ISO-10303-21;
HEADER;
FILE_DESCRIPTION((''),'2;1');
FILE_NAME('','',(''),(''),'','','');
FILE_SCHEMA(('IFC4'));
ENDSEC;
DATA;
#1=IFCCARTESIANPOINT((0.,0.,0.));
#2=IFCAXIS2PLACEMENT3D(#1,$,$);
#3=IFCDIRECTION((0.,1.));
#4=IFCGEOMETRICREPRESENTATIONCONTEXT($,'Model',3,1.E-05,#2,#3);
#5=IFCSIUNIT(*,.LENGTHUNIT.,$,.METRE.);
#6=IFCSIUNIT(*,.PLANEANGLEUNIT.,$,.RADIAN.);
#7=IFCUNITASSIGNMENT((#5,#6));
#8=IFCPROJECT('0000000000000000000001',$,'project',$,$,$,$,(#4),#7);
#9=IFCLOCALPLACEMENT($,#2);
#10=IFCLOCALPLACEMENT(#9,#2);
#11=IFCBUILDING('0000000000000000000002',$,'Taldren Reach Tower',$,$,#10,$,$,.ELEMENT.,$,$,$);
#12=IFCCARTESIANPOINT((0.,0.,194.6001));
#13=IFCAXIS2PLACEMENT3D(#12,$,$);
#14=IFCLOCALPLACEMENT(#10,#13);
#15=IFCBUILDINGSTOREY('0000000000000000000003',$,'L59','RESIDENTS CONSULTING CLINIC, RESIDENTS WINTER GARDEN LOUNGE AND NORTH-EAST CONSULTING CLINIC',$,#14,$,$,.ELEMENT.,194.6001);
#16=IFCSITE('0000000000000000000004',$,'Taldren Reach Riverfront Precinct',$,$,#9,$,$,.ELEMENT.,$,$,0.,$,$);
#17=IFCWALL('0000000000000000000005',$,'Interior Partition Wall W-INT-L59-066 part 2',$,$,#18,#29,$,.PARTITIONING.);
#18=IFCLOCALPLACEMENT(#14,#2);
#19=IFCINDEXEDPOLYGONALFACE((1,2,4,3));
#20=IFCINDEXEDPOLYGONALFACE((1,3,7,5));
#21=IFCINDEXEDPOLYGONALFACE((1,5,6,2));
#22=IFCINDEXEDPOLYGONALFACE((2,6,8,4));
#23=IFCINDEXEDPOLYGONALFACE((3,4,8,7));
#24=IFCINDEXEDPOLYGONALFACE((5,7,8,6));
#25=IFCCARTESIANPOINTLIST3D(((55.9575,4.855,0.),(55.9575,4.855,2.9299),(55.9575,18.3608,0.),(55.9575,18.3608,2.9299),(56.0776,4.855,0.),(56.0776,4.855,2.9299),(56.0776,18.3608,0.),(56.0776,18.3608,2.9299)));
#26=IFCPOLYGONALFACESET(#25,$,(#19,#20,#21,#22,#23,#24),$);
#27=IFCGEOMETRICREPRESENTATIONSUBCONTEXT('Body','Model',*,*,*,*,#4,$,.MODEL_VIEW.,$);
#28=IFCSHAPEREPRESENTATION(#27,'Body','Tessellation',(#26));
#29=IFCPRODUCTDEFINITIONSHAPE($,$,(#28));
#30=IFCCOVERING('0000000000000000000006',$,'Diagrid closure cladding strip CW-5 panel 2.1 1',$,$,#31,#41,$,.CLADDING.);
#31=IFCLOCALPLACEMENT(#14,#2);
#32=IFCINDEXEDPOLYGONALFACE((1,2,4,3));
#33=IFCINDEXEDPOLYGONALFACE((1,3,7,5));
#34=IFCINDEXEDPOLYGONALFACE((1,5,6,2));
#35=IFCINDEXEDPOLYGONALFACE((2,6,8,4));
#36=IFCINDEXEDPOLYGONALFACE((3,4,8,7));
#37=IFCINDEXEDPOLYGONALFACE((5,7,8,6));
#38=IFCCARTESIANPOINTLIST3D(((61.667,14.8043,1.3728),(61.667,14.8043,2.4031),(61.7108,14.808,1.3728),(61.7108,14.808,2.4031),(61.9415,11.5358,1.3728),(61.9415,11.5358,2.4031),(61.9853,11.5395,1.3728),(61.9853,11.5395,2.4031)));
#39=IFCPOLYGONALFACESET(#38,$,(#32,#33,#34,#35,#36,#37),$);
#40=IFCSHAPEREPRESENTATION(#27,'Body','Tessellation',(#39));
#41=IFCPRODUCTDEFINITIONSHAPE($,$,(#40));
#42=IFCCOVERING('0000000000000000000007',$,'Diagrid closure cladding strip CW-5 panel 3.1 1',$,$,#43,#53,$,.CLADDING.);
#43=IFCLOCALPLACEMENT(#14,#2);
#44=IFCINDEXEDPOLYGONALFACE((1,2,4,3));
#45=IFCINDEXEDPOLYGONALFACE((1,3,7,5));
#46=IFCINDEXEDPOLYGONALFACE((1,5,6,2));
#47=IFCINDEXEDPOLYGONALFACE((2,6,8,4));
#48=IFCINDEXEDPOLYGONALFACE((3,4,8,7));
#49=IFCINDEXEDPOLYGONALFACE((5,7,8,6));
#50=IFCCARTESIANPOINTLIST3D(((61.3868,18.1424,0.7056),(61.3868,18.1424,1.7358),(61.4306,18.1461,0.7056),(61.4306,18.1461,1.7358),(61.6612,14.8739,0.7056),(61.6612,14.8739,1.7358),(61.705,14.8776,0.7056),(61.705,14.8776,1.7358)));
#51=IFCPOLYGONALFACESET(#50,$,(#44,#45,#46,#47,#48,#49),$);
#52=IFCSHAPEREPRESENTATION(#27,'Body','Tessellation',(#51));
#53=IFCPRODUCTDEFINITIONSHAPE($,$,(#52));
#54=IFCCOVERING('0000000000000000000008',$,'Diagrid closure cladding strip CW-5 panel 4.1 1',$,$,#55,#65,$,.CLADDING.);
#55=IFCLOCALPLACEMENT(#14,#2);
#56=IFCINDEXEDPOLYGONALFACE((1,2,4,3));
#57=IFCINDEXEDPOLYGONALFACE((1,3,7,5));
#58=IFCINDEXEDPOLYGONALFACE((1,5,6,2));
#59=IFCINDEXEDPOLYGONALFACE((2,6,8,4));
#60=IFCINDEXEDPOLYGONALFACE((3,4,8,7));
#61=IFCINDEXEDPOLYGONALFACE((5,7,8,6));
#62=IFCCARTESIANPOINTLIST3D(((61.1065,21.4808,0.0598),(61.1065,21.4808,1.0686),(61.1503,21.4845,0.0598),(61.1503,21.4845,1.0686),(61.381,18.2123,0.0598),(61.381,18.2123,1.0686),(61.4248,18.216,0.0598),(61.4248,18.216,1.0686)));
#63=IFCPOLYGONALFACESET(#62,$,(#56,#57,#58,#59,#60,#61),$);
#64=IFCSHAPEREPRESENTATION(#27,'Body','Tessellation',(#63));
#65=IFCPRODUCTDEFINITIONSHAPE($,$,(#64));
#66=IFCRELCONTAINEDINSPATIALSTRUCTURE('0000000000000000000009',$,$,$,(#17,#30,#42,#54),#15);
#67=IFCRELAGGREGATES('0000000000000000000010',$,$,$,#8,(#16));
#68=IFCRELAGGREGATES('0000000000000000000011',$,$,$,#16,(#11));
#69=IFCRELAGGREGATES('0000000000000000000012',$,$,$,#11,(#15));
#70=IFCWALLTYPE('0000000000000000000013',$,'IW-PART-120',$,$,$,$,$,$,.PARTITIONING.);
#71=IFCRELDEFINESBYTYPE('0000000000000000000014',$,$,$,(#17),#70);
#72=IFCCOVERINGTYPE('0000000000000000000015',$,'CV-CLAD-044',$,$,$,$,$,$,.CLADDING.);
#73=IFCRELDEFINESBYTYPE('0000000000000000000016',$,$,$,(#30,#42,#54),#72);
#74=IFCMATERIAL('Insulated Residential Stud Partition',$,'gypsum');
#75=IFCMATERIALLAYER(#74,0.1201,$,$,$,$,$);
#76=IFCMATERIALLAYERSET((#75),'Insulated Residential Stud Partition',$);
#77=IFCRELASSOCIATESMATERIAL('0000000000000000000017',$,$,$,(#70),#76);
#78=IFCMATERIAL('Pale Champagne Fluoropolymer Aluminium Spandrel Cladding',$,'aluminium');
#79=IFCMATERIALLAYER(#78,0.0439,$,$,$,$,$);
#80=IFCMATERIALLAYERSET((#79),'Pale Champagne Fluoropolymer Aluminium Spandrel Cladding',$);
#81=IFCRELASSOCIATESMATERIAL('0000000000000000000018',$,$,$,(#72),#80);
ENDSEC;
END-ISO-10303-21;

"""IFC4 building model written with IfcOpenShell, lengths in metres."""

from ifc_helpers import new_model, si_unit, direction, frame, frame_2d, origin, origin_2d, place, context, subcontext, project, spatial, rectangle, extrude, source, transform, mapped, material, layer, layer_set, type_object, element, save


model = new_model("IFC4")

# Units and contexts
model_context = context("Model", 3, precision=1e-05, world=origin(), true_north=direction((0.0, 1.0)))
body_context = subcontext(model_context, "Body", "Model", "MODEL_VIEW")
ifc_project = project(units=[si_unit("LENGTHUNIT", "METRE"), si_unit("PLANEANGLEUNIT", "RADIAN")], contexts=[model_context])

# Site, building, storey
site_placement = place(None, origin())
site = spatial("IfcSite", under=ifc_project, at=site_placement, Name="Taldren Reach Riverfront Precinct", CompositionType="ELEMENT", RefElevation=0.0)
building_placement = place(site_placement, origin())
building = spatial("IfcBuilding", under=site, at=building_placement, Name="Taldren Reach Tower", CompositionType="ELEMENT")
storey_placement = place(building_placement, frame((0.0, 0.0, 194.6001)))
storey = spatial("IfcBuildingStorey", under=building, at=storey_placement, Name="L59", Description="RESIDENTS CONSULTING CLINIC, RESIDENTS WINTER GARDEN LOUNGE AND NORTH-EAST CONSULTING CLINIC", CompositionType="ELEMENT", Elevation=194.6001)

# Wall
ifc_material_1 = material(Name="Insulated Residential Stud Partition", Category="gypsum")
ifc_layer_1 = layer(ifc_material_1, 0.1201)
ifc_layer_set_1 = layer_set([ifc_layer_1], Name="Insulated Residential Stud Partition")
wall_type_1 = type_object("IfcWallType", Name="IW-PART-120", PredefinedType="PARTITIONING", material=ifc_layer_set_1)
shared_shape_1 = source(origin(), body_context, "Body", "SweptSolid", [
    extrude(rectangle(XDim=13.5059, YDim=0.1201, at=frame_2d((6.7529, 0.0))), origin(), (0.0, 0.0, 1.0), 2.9299),
])
wall_1_placement = place(storey_placement, frame((56.0176, 18.3608, 0.0), z_axis=(0.0, 0.0, 1.0), x_axis=(0.0, -1.0, 0.0)))
element("IfcWall", 1, at=wall_1_placement, inside=storey, type_object=wall_type_1, Name="Interior Partition Wall W-INT-L59-066 part 2", PredefinedType="PARTITIONING", context=body_context, shape_type="MappedRepresentation", body=[
    mapped(shared_shape_1, transform((0.0, 0.0, 0.0), scale=1.0)),
])

# Coverings
ifc_material_2 = material(Name="Pale Champagne Fluoropolymer Aluminium Spandrel Cladding", Category="aluminium")
ifc_layer_2 = layer(ifc_material_2, 0.0439)
ifc_layer_set_2 = layer_set([ifc_layer_2], Name="Pale Champagne Fluoropolymer Aluminium Spandrel Cladding")
covering_type = type_object("IfcCoveringType", Name="CV-CLAD-044", PredefinedType="CLADDING", material=ifc_layer_set_2)
shared_shape_2 = source(origin(), body_context, "Body", "SweptSolid", [
    extrude(rectangle(XDim=3.28, YDim=0.0439, at=origin_2d()), origin(), (0.0, 0.0, 1.0), 1.0303),
])
for number, where, z_axis, x_axis, name in (
    (2, (61.8262, 13.1719, 1.3728), (0.0, 0.0, 1.0), (-0.083678, 0.996493, 0.0), "Diagrid closure cladding strip CW-5 panel 2.1 1"),
    (3, (61.5459, 16.51, 0.7056), (0.0, 0.0, 1.0), (-0.083678, 0.996493, 0.0), "Diagrid closure cladding strip CW-5 panel 3.1 1"),
):
    element("IfcCovering", number, at=place(storey_placement, frame(where, z_axis=z_axis, x_axis=x_axis)), inside=storey, type_object=covering_type, Name=name, PredefinedType="CLADDING", context=body_context, shape_type="MappedRepresentation", body=[
        mapped(shared_shape_2, transform((0.0, 0.0, 0.0), scale=1.0)),
    ])
shared_shape_3 = source(origin(), body_context, "Body", "SweptSolid", [
    extrude(rectangle(XDim=3.28, YDim=0.0439, at=origin_2d()), origin(), (0.0, 0.0, 1.0), 1.0088),
])
covering_placement = place(storey_placement, frame((61.2656, 19.8484, 0.0598), z_axis=(0.0, 0.0, 1.0), x_axis=(-0.083678, 0.996493, 0.0)))
element("IfcCovering", 4, at=covering_placement, inside=storey, type_object=covering_type, Name="Diagrid closure cladding strip CW-5 panel 4.1 1", PredefinedType="CLADDING", context=body_context, shape_type="MappedRepresentation", body=[
    mapped(shared_shape_3, transform((0.0, 0.0, 0.0), scale=1.0)),
])

save(model, "model.ifc")
